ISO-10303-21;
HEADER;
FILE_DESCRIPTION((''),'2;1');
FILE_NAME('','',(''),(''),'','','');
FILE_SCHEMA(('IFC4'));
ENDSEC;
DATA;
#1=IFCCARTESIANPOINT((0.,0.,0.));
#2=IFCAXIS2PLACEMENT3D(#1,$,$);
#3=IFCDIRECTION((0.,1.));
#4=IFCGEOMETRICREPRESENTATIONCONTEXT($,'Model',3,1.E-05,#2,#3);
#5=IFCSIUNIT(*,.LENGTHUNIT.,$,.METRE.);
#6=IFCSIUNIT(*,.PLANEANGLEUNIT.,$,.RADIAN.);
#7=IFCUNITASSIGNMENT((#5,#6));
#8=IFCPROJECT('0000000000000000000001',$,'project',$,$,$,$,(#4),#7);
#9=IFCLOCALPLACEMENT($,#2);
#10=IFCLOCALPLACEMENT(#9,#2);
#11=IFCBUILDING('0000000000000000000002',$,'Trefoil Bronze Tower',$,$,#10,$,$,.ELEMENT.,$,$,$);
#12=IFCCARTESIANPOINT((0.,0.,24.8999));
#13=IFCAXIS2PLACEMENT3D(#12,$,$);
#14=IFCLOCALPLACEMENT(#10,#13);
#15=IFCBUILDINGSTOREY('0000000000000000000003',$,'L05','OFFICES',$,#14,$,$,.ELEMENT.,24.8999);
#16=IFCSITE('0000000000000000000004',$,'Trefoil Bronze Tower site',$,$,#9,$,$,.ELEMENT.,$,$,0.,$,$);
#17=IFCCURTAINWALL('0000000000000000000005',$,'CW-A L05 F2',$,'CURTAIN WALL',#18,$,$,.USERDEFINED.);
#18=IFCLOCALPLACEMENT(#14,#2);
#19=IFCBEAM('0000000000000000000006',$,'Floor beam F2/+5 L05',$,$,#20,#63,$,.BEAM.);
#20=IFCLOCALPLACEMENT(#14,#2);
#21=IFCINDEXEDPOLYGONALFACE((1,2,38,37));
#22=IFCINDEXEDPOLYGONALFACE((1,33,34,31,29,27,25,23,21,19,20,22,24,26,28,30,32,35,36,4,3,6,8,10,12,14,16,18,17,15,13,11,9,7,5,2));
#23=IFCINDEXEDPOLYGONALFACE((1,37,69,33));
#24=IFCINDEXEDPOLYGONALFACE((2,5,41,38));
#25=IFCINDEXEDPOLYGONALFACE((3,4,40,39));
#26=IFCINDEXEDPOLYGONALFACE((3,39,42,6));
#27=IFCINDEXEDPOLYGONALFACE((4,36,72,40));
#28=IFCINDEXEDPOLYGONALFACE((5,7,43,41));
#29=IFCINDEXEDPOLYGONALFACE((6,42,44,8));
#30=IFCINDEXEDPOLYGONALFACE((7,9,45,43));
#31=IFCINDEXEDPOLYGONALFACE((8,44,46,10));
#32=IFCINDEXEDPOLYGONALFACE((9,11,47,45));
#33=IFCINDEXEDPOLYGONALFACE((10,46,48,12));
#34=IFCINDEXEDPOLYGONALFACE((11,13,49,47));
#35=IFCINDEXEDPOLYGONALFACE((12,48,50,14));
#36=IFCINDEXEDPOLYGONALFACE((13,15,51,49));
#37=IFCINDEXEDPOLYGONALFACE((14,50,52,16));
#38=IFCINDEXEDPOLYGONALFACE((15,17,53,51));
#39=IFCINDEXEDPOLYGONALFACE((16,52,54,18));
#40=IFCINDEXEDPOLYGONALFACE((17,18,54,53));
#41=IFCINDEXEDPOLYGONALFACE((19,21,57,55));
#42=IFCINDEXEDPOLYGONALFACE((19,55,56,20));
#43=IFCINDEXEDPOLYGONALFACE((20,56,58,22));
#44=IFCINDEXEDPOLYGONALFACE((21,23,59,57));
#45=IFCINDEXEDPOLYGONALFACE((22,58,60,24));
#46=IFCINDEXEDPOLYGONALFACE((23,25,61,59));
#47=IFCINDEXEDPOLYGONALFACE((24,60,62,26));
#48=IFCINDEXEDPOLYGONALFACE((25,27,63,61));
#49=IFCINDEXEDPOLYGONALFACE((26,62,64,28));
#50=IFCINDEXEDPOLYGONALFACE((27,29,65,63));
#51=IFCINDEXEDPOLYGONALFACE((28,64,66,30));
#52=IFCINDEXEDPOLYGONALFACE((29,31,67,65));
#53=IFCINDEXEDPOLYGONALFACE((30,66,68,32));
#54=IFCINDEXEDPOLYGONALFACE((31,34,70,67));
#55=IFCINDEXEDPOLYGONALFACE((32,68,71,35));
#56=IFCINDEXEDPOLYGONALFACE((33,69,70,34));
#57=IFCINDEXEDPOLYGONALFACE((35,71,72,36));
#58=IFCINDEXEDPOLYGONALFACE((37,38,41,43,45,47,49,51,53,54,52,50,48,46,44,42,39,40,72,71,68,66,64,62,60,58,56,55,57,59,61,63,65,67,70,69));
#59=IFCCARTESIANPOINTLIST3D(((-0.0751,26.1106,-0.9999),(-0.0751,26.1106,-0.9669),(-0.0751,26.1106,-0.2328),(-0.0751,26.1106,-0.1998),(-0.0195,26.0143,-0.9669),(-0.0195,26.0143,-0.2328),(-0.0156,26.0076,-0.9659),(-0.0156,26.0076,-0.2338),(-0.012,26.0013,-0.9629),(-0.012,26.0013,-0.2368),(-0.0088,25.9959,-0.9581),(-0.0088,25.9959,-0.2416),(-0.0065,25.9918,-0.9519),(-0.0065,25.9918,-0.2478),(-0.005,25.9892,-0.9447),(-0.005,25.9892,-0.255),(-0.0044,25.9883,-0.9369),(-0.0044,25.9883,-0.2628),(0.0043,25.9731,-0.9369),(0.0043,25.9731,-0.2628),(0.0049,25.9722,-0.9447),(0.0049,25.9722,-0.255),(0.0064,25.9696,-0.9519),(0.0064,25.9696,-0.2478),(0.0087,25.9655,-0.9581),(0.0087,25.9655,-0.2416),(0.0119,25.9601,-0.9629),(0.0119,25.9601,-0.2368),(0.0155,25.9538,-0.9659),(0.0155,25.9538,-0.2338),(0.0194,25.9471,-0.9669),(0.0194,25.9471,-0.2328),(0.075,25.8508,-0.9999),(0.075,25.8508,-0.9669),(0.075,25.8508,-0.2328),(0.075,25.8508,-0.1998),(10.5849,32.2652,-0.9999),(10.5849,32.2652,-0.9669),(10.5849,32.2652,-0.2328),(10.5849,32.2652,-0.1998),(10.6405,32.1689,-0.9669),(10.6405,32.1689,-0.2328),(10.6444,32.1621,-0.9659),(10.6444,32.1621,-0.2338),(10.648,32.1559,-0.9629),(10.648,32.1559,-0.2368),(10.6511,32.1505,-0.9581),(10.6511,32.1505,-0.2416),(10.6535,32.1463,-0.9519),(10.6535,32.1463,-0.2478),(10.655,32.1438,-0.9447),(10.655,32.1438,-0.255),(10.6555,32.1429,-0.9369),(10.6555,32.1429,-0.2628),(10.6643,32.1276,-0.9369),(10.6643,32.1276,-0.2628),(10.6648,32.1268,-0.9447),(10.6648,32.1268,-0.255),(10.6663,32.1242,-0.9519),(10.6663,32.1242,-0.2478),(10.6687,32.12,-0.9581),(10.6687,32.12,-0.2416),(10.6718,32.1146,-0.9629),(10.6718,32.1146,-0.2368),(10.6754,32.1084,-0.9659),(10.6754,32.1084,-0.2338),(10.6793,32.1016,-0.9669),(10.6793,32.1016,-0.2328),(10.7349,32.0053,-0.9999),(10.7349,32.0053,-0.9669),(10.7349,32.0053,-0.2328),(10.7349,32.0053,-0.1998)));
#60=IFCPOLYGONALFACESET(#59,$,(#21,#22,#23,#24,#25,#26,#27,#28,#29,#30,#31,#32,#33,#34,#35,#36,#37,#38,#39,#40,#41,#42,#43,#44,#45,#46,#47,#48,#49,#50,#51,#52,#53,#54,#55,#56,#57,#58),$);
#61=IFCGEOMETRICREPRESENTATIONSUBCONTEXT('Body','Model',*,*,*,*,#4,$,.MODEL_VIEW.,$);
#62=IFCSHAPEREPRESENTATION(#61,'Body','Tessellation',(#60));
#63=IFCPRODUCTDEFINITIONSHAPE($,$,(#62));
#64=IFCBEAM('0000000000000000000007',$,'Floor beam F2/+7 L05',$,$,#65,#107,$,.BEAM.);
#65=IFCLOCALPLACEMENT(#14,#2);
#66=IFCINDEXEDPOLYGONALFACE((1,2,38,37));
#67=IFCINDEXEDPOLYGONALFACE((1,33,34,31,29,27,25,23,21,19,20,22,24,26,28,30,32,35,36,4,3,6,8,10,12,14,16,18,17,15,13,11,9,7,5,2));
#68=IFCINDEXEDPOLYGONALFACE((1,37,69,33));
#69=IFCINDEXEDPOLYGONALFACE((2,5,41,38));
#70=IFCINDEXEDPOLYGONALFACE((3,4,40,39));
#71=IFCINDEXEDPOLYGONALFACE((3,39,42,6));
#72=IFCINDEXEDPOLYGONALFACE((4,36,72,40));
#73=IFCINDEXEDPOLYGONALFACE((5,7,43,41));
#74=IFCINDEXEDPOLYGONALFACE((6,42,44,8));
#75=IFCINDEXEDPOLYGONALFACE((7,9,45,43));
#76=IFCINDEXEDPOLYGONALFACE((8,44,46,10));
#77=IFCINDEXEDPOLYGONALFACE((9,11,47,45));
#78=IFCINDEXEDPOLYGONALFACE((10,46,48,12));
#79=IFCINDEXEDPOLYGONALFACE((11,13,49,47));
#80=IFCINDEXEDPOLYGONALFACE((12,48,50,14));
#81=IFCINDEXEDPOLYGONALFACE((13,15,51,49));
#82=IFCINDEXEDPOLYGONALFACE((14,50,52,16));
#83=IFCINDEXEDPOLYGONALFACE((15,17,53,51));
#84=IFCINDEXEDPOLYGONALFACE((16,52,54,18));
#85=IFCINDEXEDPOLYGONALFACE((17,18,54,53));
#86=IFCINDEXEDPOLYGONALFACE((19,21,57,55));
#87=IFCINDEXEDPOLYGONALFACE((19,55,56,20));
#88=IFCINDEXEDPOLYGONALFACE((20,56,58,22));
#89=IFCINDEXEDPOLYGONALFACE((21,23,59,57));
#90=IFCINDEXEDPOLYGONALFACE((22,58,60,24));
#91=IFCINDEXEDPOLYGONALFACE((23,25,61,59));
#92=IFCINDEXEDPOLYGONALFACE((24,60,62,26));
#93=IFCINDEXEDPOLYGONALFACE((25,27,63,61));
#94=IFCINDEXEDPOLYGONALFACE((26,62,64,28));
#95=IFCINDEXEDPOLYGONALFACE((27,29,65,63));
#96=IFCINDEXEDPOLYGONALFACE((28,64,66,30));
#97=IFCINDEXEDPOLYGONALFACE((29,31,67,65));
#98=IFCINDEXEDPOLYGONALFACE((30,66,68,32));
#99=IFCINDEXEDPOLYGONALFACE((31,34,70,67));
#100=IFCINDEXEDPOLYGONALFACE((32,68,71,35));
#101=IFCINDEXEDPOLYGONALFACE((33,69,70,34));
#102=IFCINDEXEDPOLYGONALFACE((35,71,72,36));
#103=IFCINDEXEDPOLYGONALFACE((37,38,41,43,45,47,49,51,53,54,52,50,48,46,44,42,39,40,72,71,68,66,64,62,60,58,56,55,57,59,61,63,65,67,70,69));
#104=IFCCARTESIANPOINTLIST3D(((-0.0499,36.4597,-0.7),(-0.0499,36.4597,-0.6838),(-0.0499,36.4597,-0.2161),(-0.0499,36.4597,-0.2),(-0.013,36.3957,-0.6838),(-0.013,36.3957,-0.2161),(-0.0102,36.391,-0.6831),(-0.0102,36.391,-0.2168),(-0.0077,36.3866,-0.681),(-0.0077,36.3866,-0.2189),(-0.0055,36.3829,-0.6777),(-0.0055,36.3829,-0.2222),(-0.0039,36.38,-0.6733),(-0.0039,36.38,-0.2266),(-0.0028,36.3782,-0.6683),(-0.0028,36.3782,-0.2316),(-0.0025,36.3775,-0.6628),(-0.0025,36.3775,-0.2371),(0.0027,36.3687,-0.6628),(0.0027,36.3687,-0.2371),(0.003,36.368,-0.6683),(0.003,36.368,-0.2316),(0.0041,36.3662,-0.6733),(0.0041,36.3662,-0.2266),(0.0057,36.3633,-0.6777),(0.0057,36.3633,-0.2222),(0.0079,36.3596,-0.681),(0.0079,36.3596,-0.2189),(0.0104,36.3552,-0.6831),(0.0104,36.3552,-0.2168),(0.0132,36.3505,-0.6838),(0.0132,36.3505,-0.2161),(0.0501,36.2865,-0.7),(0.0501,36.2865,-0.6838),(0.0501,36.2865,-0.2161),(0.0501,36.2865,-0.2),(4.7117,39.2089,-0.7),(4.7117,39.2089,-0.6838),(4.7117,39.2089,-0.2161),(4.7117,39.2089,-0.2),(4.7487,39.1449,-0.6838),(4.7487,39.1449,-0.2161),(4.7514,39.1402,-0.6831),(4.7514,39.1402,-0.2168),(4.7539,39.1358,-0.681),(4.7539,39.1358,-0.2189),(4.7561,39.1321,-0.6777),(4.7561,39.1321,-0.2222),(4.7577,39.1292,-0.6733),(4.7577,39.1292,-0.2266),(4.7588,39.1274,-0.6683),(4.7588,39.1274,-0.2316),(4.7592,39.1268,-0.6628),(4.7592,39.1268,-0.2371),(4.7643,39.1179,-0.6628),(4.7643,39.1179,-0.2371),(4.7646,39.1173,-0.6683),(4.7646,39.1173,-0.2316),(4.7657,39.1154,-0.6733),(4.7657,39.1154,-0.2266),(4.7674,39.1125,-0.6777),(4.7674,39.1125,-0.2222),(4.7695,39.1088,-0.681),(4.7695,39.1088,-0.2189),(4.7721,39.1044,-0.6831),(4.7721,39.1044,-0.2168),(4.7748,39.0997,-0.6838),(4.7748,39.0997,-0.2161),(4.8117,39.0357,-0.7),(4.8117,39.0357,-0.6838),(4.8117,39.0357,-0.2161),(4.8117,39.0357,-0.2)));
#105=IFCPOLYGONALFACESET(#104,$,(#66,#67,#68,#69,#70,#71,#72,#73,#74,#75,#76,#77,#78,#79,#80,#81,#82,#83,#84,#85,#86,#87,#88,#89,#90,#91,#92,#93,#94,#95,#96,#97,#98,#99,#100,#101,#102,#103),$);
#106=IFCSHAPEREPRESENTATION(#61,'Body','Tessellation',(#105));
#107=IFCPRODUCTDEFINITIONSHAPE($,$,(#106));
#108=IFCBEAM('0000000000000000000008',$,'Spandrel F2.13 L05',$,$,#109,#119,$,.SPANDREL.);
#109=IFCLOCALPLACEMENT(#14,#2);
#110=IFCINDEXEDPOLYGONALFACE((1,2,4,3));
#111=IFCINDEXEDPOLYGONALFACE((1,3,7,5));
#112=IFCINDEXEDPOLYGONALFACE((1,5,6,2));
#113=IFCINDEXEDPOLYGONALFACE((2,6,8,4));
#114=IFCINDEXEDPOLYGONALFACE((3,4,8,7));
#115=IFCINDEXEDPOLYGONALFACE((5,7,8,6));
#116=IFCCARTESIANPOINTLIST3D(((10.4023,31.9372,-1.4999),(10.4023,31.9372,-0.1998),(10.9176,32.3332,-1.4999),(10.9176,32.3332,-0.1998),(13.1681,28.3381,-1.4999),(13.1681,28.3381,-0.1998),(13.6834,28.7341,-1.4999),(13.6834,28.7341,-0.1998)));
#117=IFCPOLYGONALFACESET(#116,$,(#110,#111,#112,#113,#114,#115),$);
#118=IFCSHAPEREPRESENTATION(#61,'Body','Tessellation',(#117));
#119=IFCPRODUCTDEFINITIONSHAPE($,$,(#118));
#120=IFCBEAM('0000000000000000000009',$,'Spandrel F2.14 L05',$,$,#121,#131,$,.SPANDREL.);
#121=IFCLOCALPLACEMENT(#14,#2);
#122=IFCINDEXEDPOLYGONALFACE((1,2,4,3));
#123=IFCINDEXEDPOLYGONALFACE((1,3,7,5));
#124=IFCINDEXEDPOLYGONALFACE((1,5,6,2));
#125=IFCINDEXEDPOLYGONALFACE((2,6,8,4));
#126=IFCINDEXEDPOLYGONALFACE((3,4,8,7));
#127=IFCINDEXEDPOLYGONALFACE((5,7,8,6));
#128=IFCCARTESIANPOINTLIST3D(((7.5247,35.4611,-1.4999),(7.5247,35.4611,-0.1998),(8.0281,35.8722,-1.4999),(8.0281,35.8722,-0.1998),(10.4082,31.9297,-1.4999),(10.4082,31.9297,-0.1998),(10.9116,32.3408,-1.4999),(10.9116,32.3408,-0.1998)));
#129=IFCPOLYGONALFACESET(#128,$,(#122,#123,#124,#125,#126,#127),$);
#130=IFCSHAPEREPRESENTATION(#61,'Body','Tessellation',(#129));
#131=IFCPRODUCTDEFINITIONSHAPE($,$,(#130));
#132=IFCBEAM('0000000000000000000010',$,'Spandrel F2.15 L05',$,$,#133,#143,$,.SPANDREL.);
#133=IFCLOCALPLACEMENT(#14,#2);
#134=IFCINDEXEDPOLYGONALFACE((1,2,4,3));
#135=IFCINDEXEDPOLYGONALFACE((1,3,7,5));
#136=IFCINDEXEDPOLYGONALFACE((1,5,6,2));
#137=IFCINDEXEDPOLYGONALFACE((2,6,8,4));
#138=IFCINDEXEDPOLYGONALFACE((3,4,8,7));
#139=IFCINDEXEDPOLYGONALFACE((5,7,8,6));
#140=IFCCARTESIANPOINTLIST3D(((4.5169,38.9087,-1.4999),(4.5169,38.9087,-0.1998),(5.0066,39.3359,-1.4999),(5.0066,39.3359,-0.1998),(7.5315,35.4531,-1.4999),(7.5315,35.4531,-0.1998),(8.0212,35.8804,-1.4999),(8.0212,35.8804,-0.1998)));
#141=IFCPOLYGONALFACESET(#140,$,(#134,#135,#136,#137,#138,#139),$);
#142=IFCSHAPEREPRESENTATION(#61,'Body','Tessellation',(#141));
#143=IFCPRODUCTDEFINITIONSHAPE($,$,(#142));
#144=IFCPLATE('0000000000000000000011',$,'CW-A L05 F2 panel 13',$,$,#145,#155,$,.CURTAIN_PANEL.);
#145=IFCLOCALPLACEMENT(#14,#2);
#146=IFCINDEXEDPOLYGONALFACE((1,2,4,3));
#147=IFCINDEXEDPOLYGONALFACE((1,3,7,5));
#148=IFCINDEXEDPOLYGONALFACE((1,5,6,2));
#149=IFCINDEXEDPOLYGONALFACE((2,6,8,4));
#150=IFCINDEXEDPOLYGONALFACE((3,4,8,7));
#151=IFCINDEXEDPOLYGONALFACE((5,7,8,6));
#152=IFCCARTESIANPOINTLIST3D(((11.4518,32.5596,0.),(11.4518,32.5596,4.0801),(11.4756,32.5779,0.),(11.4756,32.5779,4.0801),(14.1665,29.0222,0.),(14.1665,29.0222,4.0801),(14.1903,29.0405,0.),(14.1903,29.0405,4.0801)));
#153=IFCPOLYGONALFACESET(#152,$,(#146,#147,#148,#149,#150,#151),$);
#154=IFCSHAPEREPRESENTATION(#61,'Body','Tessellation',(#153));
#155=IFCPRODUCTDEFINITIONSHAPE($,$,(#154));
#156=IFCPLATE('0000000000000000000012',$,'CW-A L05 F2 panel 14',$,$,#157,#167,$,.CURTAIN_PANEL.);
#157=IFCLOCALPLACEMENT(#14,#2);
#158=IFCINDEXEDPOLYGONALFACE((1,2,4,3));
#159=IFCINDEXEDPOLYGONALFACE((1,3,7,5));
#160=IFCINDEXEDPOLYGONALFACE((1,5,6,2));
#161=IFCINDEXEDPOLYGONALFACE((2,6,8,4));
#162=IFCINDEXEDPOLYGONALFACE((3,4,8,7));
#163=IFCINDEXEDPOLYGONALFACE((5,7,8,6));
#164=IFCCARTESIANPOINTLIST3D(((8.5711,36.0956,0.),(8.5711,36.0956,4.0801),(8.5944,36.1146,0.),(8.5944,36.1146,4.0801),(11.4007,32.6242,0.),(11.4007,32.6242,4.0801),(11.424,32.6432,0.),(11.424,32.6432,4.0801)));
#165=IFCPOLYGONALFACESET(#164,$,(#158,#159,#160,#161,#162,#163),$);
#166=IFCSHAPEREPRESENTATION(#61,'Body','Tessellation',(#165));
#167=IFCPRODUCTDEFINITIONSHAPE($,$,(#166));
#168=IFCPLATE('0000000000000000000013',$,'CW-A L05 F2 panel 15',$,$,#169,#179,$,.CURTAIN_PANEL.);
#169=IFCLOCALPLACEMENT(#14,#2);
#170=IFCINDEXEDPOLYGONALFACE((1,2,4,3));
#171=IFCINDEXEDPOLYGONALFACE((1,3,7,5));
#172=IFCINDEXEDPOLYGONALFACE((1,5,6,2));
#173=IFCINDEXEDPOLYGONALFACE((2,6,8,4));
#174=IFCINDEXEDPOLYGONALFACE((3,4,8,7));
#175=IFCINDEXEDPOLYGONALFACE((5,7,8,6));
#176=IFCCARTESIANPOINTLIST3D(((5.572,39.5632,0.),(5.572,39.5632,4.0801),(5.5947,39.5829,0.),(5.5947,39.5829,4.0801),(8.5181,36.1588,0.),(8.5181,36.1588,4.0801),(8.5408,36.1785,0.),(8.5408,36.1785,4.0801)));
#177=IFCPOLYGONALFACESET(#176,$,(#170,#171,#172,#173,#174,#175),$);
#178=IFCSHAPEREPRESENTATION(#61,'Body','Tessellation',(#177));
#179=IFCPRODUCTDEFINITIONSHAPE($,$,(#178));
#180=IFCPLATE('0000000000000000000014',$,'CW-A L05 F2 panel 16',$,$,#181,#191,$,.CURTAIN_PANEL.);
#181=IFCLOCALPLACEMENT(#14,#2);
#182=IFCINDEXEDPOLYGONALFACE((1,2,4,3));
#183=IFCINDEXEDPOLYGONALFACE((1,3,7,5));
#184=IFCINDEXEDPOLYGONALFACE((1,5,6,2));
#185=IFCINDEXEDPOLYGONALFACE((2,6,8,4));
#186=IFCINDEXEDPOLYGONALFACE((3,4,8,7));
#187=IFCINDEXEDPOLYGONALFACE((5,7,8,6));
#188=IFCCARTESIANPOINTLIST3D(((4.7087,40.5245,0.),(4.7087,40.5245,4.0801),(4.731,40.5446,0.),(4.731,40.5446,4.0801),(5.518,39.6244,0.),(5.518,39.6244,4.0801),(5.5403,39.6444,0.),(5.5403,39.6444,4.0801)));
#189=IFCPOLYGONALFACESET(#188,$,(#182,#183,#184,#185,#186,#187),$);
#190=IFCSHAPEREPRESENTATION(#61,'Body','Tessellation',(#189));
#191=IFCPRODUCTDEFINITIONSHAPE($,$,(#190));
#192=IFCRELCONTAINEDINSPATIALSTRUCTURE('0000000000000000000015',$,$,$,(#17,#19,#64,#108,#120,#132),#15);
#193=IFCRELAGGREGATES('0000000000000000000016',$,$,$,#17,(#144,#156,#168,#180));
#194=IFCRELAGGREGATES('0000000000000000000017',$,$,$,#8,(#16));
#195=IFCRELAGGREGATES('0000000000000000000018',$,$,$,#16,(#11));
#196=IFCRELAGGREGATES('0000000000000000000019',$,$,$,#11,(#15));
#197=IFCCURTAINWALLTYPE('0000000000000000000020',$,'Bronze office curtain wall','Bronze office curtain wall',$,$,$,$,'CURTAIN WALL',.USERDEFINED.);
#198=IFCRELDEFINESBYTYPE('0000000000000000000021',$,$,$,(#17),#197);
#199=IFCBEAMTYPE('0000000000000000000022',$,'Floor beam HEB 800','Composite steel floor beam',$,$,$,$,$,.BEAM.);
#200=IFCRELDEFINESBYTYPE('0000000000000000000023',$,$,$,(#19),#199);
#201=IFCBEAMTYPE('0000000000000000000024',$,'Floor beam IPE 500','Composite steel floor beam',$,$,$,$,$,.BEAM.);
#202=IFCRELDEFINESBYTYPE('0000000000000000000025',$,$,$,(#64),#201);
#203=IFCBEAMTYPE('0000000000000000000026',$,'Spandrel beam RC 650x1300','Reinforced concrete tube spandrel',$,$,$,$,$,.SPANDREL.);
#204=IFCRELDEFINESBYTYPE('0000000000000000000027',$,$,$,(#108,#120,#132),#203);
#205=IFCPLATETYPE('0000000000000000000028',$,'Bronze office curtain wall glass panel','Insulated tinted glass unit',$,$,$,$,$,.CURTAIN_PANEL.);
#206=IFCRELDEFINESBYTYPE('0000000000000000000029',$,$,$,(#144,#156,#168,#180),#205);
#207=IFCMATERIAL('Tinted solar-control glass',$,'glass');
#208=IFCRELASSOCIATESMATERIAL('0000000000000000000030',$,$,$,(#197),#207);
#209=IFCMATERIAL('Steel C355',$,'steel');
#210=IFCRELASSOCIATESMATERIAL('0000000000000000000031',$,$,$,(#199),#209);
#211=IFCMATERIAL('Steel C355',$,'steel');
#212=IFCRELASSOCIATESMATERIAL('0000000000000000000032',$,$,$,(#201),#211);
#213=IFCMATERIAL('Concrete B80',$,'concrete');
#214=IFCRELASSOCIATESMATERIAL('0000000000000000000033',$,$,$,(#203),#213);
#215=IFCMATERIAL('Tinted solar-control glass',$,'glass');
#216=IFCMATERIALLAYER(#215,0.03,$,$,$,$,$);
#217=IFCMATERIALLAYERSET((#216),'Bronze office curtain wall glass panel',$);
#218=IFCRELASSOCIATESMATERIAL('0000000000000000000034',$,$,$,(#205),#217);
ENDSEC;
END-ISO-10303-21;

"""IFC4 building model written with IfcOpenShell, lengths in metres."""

from ifc_helpers import new_model, si_unit, direction, frame, origin, origin_2d, place, context, subcontext, project, spatial, rectangle, i_section, extrude, material, layer, layer_set, material_profile, profile_set, type_object, element, aggregate, save


model = new_model("IFC4")

# Units and contexts
model_context = context("Model", 3, precision=1e-05, world=origin(), true_north=direction((0.0, 1.0)))
body_context = subcontext(model_context, "Body", "Model", "MODEL_VIEW")
ifc_project = project(units=[si_unit("LENGTHUNIT", "METRE"), si_unit("PLANEANGLEUNIT", "RADIAN")], contexts=[model_context])

# Site, building, storey
site_placement = place(None, origin())
site = spatial("IfcSite", under=ifc_project, at=site_placement, Name="Trefoil Bronze Tower site", CompositionType="ELEMENT", RefElevation=0.0)
building_placement = place(site_placement, origin())
building = spatial("IfcBuilding", under=site, at=building_placement, Name="Trefoil Bronze Tower", CompositionType="ELEMENT")
storey_placement = place(building_placement, frame((0.0, 0.0, 24.8999)))
storey = spatial("IfcBuildingStorey", under=building, at=storey_placement, Name="L05", Description="OFFICES", CompositionType="ELEMENT", Elevation=24.8999)

# Curtain wall
ifc_material_1 = material(Name="Tinted solar-control glass", Category="glass")
curtain_wall_type_1 = type_object("IfcCurtainWallType", Name="Bronze office curtain wall", Description="Bronze office curtain wall", ElementType="CURTAIN WALL", PredefinedType="USERDEFINED", material=ifc_material_1)
curtain_wall_1_placement = place(storey_placement, origin())
curtain_wall_1 = element("IfcCurtainWall", 1, at=curtain_wall_1_placement, inside=storey, type_object=curtain_wall_type_1, Name="CW-A L05 F2", ObjectType="CURTAIN WALL", PredefinedType="USERDEFINED")

# Beams
ifc_material_2 = material(Name="Steel C355", Category="steel")
ifc_material_profile_1 = material_profile(ifc_material_2, i_section(OverallWidth=0.3, OverallDepth=0.8, WebThickness=0.0176, FlangeThickness=0.033, FilletRadius=0.03, at=origin_2d()), Name="HEB 800")
ifc_profile_set_1 = profile_set([ifc_material_profile_1], Name="Steel C355")
beam_type_1 = type_object("IfcBeamType", Name="Floor beam HEB 800", Description="Composite steel floor beam", PredefinedType="BEAM", material=ifc_profile_set_1)
beam_1_placement = place(storey_placement, frame((10.6599, 32.1353, -0.5999), z_axis=(-0.866024, -0.500002, 0.0), x_axis=(0.500002, -0.866024, 0.0)))
element("IfcBeam", 2, at=beam_1_placement, inside=storey, type_object=beam_type_1, Name="Floor beam F2/+5 L05", PredefinedType="BEAM", context=body_context, shape_type="SweptSolid", body=[
    extrude(i_section(OverallWidth=0.3, OverallDepth=0.8, WebThickness=0.0176, FlangeThickness=0.033, FilletRadius=0.03, at=origin_2d()), origin(), (0.0, 0.0, 1.0), 12.3091),
])
ifc_material_3 = material(Name="Steel C355", Category="steel")
ifc_material_profile_2 = material_profile(ifc_material_3, i_section(OverallWidth=0.2, OverallDepth=0.5, WebThickness=0.0103, FlangeThickness=0.0161, FilletRadius=0.021, at=origin_2d()), Name="IPE 500")
ifc_profile_set_2 = profile_set([ifc_material_profile_2], Name="Steel C355")
beam_type_2 = type_object("IfcBeamType", Name="Floor beam IPE 500", Description="Composite steel floor beam", PredefinedType="BEAM", material=ifc_profile_set_2)
beam_2_placement = place(storey_placement, frame((4.7617, 39.1223, -0.45), z_axis=(-0.866018, -0.500012, 0.0), x_axis=(0.500012, -0.866018, 0.0)))
element("IfcBeam", 3, at=beam_2_placement, inside=storey, type_object=beam_type_2, Name="Floor beam F2/+7 L05", PredefinedType="BEAM", context=body_context, shape_type="SweptSolid", body=[
    extrude(i_section(OverallWidth=0.2, OverallDepth=0.5, WebThickness=0.0103, FlangeThickness=0.0161, FilletRadius=0.021, at=origin_2d()), origin(), (0.0, 0.0, 1.0), 5.4983),
])
ifc_material_4 = material(Name="Concrete B80", Category="concrete")
ifc_material_profile_3 = material_profile(ifc_material_4, rectangle(XDim=0.6499, YDim=1.3, at=origin_2d()), Name="RC 650x1300")
ifc_profile_set_3 = profile_set([ifc_material_profile_3], Name="Concrete B80")
beam_type_3 = type_object("IfcBeamType", Name="Spandrel beam RC 650x1300", Description="Reinforced concrete tube spandrel", PredefinedType="SPANDREL", material=ifc_profile_set_3)
beam_3_placement = place(storey_placement, frame((13.4258, 28.5361, -0.8499), z_axis=(-0.609339, 0.79291, 0.0), x_axis=(-0.79291, -0.609339, 0.0)))
element("IfcBeam", 4, at=beam_3_placement, inside=storey, type_object=beam_type_3, Name="Spandrel F2.13 L05", PredefinedType="SPANDREL", context=body_context, shape_type="SweptSolid", body=[
    extrude(rectangle(XDim=0.6499, YDim=1.3, at=origin_2d()), origin(), (0.0, 0.0, 1.0), 4.5391),
])
beam_4_placement = place(storey_placement, frame((10.6599, 32.1353, -0.8499), z_axis=(-0.632468, 0.774587, 0.0), x_axis=(-0.774587, -0.632468, 0.0)))
element("IfcBeam", 5, at=beam_4_placement, inside=storey, type_object=beam_type_3, Name="Spandrel F2.14 L05", PredefinedType="SPANDREL", context=body_context, shape_type="SweptSolid", body=[
    extrude(rectangle(XDim=0.6499, YDim=1.3, at=origin_2d()), origin(), (0.0, 0.0, 1.0), 4.5591),
])
beam_5_placement = place(storey_placement, frame((7.7764, 35.6667, -0.8499), z_axis=(-0.657396, 0.753545, 0.0), x_axis=(-0.753545, -0.657396, 0.0)))
element("IfcBeam", 6, at=beam_5_placement, inside=storey, type_object=beam_type_3, Name="Spandrel F2.15 L05", PredefinedType="SPANDREL", context=body_context, shape_type="SweptSolid", body=[
    extrude(rectangle(XDim=0.6499, YDim=1.3, at=origin_2d()), origin(), (0.0, 0.0, 1.0), 4.5857),
])

# Plates
ifc_material_5 = material(Name="Tinted solar-control glass", Category="glass")
ifc_layer_1 = layer(ifc_material_5, 0.03)
ifc_layer_set_1 = layer_set([ifc_layer_1], Name="Bronze office curtain wall glass panel")
plate_type_1 = type_object("IfcPlateType", Name="Bronze office curtain wall glass panel", Description="Insulated tinted glass unit", PredefinedType="CURTAIN_PANEL", material=ifc_layer_set_1)
plate_1_placement = place(storey_placement, frame((12.821, 30.8, 0.0), z_axis=(0.0, 0.0, 1.0), x_axis=(-0.608808, 0.793318, 0.0)))
plate_1 = element("IfcPlate", 7, at=plate_1_placement, type_object=plate_type_1, Name="CW-A L05 F2 panel 13", PredefinedType="CURTAIN_PANEL", context=body_context, shape_type="SweptSolid", body=[
    extrude(rectangle(XDim=4.459, YDim=0.03, at=origin_2d()), origin(), (0.0, 0.0, 1.0), 4.0801),
])
plate_2_placement = place(storey_placement, frame((9.9976, 34.3694, 0.0), z_axis=(0.0, 0.0, 1.0), x_axis=(-0.631811, 0.775123, 0.0)))
plate_2 = element("IfcPlate", 8, at=plate_2_placement, type_object=plate_type_1, Name="CW-A L05 F2 panel 14", PredefinedType="CURTAIN_PANEL", context=body_context, shape_type="SweptSolid", body=[
    extrude(rectangle(XDim=4.4785, YDim=0.03, at=origin_2d()), origin(), (0.0, 0.0, 1.0), 4.0801),
])
plate_3_placement = place(storey_placement, frame((7.0564, 37.8708, 0.0), z_axis=(0.0, 0.0, 1.0), x_axis=(-0.654376, 0.756169, 0.0)))
plate_3 = element("IfcPlate", 9, at=plate_3_placement, type_object=plate_type_1, Name="CW-A L05 F2 panel 15", PredefinedType="CURTAIN_PANEL", context=body_context, shape_type="SweptSolid", body=[
    extrude(rectangle(XDim=4.5022, YDim=0.03, at=origin_2d()), origin(), (0.0, 0.0, 1.0), 4.0801),
])
plate_4_placement = place(storey_placement, frame((5.1245, 40.0845, 0.0), z_axis=(0.0, 0.0, 1.0), x_axis=(-0.668575, 0.743645, 0.0)))
plate_4 = element("IfcPlate", 10, at=plate_4_placement, type_object=plate_type_1, Name="CW-A L05 F2 panel 16", PredefinedType="CURTAIN_PANEL", context=body_context, shape_type="SweptSolid", body=[
    extrude(rectangle(XDim=1.2104, YDim=0.03, at=origin_2d()), origin(), (0.0, 0.0, 1.0), 4.0801),
])
aggregate(curtain_wall_1, [plate_1, plate_2, plate_3, plate_4])

save(model, "model.ifc")
